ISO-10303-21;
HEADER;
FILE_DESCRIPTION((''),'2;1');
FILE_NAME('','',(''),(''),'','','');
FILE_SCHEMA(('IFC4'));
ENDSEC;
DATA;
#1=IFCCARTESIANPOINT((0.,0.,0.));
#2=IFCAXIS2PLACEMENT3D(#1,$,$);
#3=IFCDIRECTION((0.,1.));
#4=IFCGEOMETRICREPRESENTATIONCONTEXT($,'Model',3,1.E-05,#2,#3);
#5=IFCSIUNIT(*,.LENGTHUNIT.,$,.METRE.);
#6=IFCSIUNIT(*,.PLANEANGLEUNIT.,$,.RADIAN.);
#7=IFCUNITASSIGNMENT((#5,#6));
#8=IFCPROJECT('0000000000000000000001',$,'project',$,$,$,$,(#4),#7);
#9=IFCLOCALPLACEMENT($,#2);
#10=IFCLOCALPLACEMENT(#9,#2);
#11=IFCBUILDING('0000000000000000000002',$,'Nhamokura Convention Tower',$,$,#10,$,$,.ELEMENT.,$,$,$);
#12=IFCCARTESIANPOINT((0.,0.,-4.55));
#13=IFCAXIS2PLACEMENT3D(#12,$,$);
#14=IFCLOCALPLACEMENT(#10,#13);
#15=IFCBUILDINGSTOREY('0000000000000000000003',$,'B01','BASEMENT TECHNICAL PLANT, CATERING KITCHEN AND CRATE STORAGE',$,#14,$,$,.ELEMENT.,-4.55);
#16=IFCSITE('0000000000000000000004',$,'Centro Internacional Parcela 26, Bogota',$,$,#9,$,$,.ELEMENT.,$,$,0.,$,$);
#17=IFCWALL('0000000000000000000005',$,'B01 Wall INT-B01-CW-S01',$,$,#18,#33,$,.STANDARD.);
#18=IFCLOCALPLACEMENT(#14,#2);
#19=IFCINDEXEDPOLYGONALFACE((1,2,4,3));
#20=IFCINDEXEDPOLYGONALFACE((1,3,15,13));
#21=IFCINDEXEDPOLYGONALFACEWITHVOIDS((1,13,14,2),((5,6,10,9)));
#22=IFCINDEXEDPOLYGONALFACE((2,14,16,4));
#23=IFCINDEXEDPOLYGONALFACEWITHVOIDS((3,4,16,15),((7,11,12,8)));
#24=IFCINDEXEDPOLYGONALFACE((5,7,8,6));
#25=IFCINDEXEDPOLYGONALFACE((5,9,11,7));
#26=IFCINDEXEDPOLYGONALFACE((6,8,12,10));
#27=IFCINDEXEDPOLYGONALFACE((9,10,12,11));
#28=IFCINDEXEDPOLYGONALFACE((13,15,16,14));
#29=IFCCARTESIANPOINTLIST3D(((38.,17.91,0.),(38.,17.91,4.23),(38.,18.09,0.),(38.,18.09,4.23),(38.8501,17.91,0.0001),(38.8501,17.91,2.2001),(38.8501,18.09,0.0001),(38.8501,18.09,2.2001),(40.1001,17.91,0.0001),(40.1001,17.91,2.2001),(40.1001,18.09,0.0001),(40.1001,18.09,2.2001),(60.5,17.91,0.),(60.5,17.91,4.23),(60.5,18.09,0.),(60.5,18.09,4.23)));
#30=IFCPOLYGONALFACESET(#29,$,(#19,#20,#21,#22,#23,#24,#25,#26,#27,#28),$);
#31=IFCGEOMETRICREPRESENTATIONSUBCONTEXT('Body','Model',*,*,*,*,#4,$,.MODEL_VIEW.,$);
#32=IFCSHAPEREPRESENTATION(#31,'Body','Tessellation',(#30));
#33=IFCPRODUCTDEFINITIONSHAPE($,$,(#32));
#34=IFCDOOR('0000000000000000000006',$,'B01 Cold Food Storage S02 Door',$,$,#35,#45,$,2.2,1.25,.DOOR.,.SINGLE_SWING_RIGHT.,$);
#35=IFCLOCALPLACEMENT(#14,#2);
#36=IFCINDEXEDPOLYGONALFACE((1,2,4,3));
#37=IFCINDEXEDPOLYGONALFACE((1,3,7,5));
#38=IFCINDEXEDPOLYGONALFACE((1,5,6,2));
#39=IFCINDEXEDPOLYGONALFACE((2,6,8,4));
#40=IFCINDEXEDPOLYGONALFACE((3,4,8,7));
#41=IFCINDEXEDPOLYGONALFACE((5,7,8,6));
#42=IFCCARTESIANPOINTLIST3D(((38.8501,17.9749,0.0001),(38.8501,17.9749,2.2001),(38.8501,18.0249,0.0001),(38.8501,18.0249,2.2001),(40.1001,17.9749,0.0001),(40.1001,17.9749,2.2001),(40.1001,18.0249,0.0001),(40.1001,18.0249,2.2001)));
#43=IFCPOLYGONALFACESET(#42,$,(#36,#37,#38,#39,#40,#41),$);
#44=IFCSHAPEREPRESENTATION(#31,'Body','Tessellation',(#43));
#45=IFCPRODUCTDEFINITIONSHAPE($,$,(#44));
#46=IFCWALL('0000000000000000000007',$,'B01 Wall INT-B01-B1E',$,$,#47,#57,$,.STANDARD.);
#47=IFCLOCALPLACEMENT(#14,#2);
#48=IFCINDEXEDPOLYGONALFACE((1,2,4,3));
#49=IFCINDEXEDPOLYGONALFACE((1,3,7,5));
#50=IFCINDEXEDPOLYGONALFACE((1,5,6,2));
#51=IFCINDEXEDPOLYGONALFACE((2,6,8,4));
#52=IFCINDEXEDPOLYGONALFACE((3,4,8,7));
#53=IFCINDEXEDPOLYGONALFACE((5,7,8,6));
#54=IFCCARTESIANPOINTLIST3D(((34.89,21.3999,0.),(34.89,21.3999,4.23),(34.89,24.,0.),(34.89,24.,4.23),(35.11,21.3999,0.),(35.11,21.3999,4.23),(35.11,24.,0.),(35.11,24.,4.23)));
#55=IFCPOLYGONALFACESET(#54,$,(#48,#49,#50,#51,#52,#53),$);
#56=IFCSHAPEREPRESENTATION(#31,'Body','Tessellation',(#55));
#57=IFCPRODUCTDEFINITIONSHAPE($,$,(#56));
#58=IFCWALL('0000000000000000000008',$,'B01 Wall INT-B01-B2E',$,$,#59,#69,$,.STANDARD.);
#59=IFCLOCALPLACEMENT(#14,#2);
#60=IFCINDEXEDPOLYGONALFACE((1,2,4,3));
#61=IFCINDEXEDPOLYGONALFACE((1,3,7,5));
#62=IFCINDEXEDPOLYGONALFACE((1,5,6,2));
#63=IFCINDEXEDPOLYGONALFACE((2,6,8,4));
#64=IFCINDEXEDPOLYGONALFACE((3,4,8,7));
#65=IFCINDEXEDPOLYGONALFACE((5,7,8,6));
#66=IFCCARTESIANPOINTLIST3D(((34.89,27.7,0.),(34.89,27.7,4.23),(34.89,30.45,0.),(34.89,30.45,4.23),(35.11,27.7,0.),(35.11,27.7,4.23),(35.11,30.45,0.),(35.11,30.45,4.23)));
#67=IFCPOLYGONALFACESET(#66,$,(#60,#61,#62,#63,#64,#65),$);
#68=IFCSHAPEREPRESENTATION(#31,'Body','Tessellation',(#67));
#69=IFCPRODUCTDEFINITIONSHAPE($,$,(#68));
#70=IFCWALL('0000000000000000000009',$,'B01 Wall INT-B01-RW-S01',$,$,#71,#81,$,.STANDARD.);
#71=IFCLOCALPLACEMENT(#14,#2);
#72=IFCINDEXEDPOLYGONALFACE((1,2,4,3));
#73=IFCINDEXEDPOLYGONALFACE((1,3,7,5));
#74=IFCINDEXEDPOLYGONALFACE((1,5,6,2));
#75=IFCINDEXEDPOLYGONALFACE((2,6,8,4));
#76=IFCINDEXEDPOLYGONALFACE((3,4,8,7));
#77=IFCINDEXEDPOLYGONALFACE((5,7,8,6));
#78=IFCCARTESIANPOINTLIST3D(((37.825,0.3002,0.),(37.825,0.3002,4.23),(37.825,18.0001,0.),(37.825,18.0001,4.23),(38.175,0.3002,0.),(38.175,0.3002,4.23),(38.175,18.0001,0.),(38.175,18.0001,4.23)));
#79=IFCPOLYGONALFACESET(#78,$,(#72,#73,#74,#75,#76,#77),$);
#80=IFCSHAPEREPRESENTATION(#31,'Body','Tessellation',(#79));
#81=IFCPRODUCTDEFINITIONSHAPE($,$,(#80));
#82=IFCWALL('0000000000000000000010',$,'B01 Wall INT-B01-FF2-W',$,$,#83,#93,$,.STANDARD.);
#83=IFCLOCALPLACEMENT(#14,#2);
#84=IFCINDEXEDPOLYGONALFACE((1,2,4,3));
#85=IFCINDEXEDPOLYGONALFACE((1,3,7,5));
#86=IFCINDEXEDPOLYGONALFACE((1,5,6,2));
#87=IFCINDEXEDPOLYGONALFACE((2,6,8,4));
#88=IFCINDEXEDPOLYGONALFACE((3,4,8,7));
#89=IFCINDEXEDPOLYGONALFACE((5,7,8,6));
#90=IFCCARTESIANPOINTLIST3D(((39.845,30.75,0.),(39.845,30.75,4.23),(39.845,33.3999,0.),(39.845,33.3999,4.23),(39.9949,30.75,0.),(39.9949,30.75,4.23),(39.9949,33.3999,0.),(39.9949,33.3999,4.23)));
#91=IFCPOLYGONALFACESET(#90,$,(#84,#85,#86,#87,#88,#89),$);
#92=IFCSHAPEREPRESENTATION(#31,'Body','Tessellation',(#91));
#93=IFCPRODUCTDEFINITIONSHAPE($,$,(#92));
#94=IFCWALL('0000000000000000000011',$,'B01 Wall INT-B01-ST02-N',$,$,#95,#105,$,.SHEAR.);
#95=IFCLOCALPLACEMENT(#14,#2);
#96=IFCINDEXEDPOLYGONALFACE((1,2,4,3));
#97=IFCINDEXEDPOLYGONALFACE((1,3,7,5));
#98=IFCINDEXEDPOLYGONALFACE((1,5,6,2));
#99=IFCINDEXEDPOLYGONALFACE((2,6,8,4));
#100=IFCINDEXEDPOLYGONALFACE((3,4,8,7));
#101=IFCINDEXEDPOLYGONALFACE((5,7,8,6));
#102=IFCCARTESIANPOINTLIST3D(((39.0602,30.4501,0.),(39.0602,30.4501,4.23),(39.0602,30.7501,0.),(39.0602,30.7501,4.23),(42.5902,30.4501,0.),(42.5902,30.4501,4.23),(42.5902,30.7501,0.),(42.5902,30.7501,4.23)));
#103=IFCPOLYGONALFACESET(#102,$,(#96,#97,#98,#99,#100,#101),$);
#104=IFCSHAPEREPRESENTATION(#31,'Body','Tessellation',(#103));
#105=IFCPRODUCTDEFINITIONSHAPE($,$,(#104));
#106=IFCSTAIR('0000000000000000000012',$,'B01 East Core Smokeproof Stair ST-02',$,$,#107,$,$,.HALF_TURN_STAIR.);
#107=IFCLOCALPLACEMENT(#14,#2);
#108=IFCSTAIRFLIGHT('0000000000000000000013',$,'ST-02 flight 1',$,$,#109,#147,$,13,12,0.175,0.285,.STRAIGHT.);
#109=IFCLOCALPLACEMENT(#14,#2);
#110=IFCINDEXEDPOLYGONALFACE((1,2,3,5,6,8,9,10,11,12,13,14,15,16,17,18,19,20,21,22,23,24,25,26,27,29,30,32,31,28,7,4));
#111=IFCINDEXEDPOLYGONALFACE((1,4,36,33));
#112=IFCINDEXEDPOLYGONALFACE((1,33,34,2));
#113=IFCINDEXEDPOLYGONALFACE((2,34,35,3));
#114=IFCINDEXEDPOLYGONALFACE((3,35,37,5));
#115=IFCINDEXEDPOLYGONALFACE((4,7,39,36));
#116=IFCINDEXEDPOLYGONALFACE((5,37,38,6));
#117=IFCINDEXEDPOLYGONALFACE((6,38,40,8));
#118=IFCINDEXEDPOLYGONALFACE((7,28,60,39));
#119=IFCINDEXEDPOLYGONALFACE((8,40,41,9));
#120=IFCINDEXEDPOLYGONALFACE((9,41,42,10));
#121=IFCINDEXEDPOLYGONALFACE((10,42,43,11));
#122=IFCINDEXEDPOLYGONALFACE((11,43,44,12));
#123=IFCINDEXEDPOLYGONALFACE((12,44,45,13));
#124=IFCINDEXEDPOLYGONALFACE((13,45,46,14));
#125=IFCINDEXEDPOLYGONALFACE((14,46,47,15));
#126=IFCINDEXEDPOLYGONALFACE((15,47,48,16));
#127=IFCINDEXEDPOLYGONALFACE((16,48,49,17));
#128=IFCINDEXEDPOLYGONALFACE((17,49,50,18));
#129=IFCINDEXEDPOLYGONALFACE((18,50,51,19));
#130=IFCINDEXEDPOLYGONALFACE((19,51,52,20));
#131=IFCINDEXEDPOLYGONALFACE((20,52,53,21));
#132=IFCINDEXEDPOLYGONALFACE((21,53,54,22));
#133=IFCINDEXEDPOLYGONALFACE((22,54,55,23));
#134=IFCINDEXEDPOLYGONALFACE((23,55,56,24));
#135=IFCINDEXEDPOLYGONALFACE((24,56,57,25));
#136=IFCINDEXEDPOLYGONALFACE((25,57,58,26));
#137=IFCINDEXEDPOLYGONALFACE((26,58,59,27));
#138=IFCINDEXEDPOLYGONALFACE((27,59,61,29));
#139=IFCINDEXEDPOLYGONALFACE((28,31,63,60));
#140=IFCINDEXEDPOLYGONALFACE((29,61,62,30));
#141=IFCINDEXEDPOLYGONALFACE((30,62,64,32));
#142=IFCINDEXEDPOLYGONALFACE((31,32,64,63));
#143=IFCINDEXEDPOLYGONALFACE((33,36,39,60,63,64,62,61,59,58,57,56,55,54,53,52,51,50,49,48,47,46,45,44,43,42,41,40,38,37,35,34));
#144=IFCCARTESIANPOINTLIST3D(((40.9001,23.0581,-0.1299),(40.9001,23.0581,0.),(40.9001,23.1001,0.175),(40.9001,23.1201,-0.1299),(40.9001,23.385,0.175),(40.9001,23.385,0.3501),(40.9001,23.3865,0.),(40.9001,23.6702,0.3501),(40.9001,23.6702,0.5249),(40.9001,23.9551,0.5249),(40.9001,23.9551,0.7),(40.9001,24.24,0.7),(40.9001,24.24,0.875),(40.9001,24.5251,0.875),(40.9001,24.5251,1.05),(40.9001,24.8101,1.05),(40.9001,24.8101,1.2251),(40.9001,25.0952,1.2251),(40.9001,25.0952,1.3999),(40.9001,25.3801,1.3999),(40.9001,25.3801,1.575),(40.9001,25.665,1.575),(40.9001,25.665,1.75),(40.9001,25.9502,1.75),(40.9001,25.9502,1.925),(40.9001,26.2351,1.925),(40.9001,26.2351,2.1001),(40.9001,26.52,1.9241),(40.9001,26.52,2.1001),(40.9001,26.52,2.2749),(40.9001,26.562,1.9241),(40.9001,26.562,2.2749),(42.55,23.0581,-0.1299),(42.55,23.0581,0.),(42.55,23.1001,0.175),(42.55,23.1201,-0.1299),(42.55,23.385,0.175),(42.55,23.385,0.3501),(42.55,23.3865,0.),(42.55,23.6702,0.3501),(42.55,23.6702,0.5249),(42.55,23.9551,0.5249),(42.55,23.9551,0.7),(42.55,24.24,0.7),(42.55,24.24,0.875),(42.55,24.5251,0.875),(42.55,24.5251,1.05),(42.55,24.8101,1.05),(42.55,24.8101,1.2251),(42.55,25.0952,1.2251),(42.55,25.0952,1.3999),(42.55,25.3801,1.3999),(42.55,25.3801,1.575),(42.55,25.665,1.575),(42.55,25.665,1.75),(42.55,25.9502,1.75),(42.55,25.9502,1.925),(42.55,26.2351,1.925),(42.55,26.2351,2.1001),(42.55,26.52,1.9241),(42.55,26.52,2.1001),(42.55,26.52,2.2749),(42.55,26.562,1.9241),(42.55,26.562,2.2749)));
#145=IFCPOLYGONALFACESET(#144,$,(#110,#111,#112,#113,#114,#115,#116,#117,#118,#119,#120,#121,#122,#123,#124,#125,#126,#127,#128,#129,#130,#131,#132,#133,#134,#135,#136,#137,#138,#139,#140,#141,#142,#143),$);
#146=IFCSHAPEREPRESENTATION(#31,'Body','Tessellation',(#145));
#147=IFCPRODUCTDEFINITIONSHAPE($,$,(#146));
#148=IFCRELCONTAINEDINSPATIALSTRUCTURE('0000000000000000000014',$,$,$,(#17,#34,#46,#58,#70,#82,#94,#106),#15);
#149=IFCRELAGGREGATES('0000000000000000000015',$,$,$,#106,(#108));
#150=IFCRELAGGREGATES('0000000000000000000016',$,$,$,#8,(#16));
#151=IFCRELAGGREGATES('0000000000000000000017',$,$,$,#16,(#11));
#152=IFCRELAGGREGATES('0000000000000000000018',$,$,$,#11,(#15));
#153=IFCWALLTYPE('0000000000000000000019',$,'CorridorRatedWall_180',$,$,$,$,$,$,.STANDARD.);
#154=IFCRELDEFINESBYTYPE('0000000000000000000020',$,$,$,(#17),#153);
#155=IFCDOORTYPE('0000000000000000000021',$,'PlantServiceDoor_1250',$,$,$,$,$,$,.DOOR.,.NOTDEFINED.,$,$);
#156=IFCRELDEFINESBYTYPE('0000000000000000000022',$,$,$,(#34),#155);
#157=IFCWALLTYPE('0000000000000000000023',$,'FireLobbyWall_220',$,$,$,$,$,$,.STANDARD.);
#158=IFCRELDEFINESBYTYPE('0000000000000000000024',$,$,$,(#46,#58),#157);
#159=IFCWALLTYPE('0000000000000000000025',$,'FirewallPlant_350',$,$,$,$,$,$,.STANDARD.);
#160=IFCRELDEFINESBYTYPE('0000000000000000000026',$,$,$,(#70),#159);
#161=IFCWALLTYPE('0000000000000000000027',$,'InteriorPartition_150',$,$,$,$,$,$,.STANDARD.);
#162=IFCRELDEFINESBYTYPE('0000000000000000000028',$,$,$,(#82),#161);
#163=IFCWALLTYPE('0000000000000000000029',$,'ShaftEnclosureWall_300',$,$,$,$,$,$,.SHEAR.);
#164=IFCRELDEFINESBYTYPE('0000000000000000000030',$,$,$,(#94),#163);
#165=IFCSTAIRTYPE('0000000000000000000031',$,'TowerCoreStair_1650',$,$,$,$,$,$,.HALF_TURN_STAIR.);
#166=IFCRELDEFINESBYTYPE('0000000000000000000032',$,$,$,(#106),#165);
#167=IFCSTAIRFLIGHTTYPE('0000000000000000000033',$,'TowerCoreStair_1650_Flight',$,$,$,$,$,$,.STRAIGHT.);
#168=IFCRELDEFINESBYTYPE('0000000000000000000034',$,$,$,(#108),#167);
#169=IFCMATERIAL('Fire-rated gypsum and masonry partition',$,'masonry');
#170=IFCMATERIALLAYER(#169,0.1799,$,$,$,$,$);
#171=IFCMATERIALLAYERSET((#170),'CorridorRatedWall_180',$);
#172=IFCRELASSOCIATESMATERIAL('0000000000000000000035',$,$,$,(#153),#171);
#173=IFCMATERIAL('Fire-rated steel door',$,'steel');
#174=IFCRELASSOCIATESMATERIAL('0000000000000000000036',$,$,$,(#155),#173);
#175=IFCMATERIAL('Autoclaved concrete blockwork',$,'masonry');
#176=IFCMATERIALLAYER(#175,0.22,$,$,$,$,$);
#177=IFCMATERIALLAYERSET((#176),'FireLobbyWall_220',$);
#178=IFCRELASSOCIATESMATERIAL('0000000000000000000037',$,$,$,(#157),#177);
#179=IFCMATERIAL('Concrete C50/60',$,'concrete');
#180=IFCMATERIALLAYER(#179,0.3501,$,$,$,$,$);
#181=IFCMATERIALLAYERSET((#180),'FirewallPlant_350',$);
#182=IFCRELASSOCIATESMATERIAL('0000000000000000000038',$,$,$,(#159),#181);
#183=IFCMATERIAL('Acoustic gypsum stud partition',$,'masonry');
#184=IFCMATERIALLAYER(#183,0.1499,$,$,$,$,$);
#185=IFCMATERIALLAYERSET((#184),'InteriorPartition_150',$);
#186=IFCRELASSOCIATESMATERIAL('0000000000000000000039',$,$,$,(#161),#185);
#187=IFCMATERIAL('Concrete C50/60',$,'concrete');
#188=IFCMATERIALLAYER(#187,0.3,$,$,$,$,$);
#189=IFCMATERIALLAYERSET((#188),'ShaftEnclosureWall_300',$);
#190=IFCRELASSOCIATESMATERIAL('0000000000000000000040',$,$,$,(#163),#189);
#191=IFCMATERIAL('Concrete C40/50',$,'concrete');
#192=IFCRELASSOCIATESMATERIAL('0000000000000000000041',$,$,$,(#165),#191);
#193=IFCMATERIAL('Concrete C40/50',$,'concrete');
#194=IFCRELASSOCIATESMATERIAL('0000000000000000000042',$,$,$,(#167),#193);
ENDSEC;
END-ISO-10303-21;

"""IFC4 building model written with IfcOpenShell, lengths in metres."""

from ifc_helpers import new_model, si_unit, direction, frame, frame_2d, origin, place, context, subcontext, project, spatial, polyline, rectangle, outline, extrude, material, layer, layer_set, type_object, element, fill, aggregate, save


model = new_model("IFC4")

# Units and contexts
model_context = context("Model", 3, precision=1e-05, world=origin(), true_north=direction((0.0, 1.0)))
body_context = subcontext(model_context, "Body", "Model", "MODEL_VIEW")
ifc_project = project(units=[si_unit("LENGTHUNIT", "METRE"), si_unit("PLANEANGLEUNIT", "RADIAN")], contexts=[model_context])

# Site, building, storey
site_placement = place(None, origin())
site = spatial("IfcSite", under=ifc_project, at=site_placement, Name="Centro Internacional Parcela 26, Bogota", CompositionType="ELEMENT", RefElevation=0.0)
building_placement = place(site_placement, origin())
building = spatial("IfcBuilding", under=site, at=building_placement, Name="Nhamokura Convention Tower", CompositionType="ELEMENT")
storey_placement = place(building_placement, frame((0.0, 0.0, -4.55)))
storey = spatial("IfcBuildingStorey", under=building, at=storey_placement, Name="B01", Description="BASEMENT TECHNICAL PLANT, CATERING KITCHEN AND CRATE STORAGE", CompositionType="ELEMENT", Elevation=-4.55)

# Wall, opening, door
ifc_material_1 = material(Name="Fire-rated gypsum and masonry partition", Category="masonry")
ifc_layer_1 = layer(ifc_material_1, 0.1799)
ifc_layer_set_1 = layer_set([ifc_layer_1], Name="CorridorRatedWall_180")
wall_type_1 = type_object("IfcWallType", Name="CorridorRatedWall_180", PredefinedType="STANDARD", material=ifc_layer_set_1)
wall_1_placement = place(storey_placement, frame((38.0, 18.0, 0.0), z_axis=(0.0, 0.0, 1.0), x_axis=(1.0, 0.0, 0.0)))
wall_1 = element("IfcWall", 1, at=wall_1_placement, inside=storey, type_object=wall_type_1, Name="B01 Wall INT-B01-CW-S01", PredefinedType="STANDARD", context=body_context, shape_type="SweptSolid", body=[
    extrude(rectangle(XDim=22.5, YDim=0.1799, at=frame_2d((11.25, 0.0))), origin(), (0.0, 0.0, 1.0), 4.23),
])
opening_1_placement = place(wall_1_placement, frame((0.8501, 0.0, 0.0)))
opening_1 = element("IfcOpeningElement", 2, at=opening_1_placement, cuts=wall_1, PredefinedType="OPENING", context=body_context, shape_type="SweptSolid", body=[
    extrude(rectangle(XDim=1.25, YDim=2.2, at=frame_2d((0.625, 1.1001))), frame((0.0, 0.0999, 0.0), z_axis=(0.0, -1.0, 0.0), x_axis=(1.0, 0.0, 0.0)), (0.0, 0.0, 1.0), 0.2),
])
ifc_material_2 = material(Name="Fire-rated steel door", Category="steel")
door_type_1 = type_object("IfcDoorType", Name="PlantServiceDoor_1250", OperationType="NOTDEFINED", PredefinedType="DOOR", material=ifc_material_2)
door_1_placement = place(opening_1_placement, origin())
door_1 = element("IfcDoor", 3, at=door_1_placement, inside=storey, type_object=door_type_1, Name="B01 Cold Food Storage S02 Door", OperationType="SINGLE_SWING_RIGHT", OverallHeight=2.2, OverallWidth=1.25, PredefinedType="DOOR", context=body_context, shape_type="SweptSolid", body=[
    extrude(rectangle(XDim=1.25, YDim=2.2, at=frame_2d((0.625, 1.1001))), frame((0.0, 0.0249, 0.0), z_axis=(0.0, -1.0, 0.0), x_axis=(1.0, 0.0, 0.0)), (0.0, 0.0, 1.0), 0.05),
])
fill(opening_1, door_1)
ifc_material_3 = material(Name="Autoclaved concrete blockwork", Category="masonry")
ifc_layer_2 = layer(ifc_material_3, 0.22)
ifc_layer_set_2 = layer_set([ifc_layer_2], Name="FireLobbyWall_220")
wall_type_2 = type_object("IfcWallType", Name="FireLobbyWall_220", PredefinedType="STANDARD", material=ifc_layer_set_2)

# Walls
wall_2_placement = place(storey_placement, frame((35.0, 21.3999, 0.0), z_axis=(0.0, 0.0, 1.0), x_axis=(0.0, 1.0, 0.0)))
element("IfcWall", 4, at=wall_2_placement, inside=storey, type_object=wall_type_2, Name="B01 Wall INT-B01-B1E", PredefinedType="STANDARD", context=body_context, shape_type="SweptSolid", body=[
    extrude(rectangle(XDim=2.6001, YDim=0.22, at=frame_2d((1.3, 0.0))), origin(), (0.0, 0.0, 1.0), 4.23),
])
wall_3_placement = place(storey_placement, frame((35.0, 27.7, 0.0), z_axis=(0.0, 0.0, 1.0), x_axis=(0.0, 1.0, 0.0)))
element("IfcWall", 5, at=wall_3_placement, inside=storey, type_object=wall_type_2, Name="B01 Wall INT-B01-B2E", PredefinedType="STANDARD", context=body_context, shape_type="SweptSolid", body=[
    extrude(rectangle(XDim=2.75, YDim=0.22, at=frame_2d((1.375, 0.0))), origin(), (0.0, 0.0, 1.0), 4.23),
])
ifc_material_4 = material(Name="Concrete C50/60", Category="concrete")
ifc_layer_3 = layer(ifc_material_4, 0.3501)
ifc_layer_set_3 = layer_set([ifc_layer_3], Name="FirewallPlant_350")
wall_type_3 = type_object("IfcWallType", Name="FirewallPlant_350", PredefinedType="STANDARD", material=ifc_layer_set_3)
wall_4_placement = place(storey_placement, frame((38.0, 0.3, 0.0), z_axis=(0.0, 0.0, 1.0), x_axis=(0.0, 1.0, 0.0)))
element("IfcWall", 6, at=wall_4_placement, inside=storey, type_object=wall_type_3, Name="B01 Wall INT-B01-RW-S01", PredefinedType="STANDARD", context=body_context, shape_type="SweptSolid", body=[
    extrude(rectangle(XDim=17.7, YDim=0.3501, at=frame_2d((8.8501, 0.0))), origin(), (0.0, 0.0, 1.0), 4.23),
])
ifc_material_5 = material(Name="Acoustic gypsum stud partition", Category="masonry")
ifc_layer_4 = layer(ifc_material_5, 0.1499)
ifc_layer_set_4 = layer_set([ifc_layer_4], Name="InteriorPartition_150")
wall_type_4 = type_object("IfcWallType", Name="InteriorPartition_150", PredefinedType="STANDARD", material=ifc_layer_set_4)
wall_5_placement = place(storey_placement, frame((39.9199, 30.75, 0.0), z_axis=(0.0, 0.0, 1.0), x_axis=(0.0, 1.0, 0.0)))
element("IfcWall", 7, at=wall_5_placement, inside=storey, type_object=wall_type_4, Name="B01 Wall INT-B01-FF2-W", PredefinedType="STANDARD", context=body_context, shape_type="SweptSolid", body=[
    extrude(rectangle(XDim=2.6499, YDim=0.1499, at=frame_2d((1.325, 0.0))), origin(), (0.0, 0.0, 1.0), 4.23),
])
ifc_material_6 = material(Name="Concrete C50/60", Category="concrete")
ifc_layer_5 = layer(ifc_material_6, 0.3)
ifc_layer_set_5 = layer_set([ifc_layer_5], Name="ShaftEnclosureWall_300")
wall_type_5 = type_object("IfcWallType", Name="ShaftEnclosureWall_300", PredefinedType="SHEAR", material=ifc_layer_set_5)
wall_6_placement = place(storey_placement, frame((39.0601, 30.6001, 0.0), z_axis=(0.0, 0.0, 1.0), x_axis=(1.0, 0.0, 0.0)))
element("IfcWall", 8, at=wall_6_placement, inside=storey, type_object=wall_type_5, Name="B01 Wall INT-B01-ST02-N", PredefinedType="SHEAR", context=body_context, shape_type="SweptSolid", body=[
    extrude(rectangle(XDim=3.53, YDim=0.3, at=frame_2d((1.7651, 0.0))), origin(), (0.0, 0.0, 1.0), 4.23),
])

# Stair, stair flight
ifc_material_7 = material(Name="Concrete C40/50", Category="concrete")
stair_type = type_object("IfcStairType", Name="TowerCoreStair_1650", PredefinedType="HALF_TURN_STAIR", material=ifc_material_7)
stair_placement = place(storey_placement, origin())
stair = element("IfcStair", 9, at=stair_placement, inside=storey, type_object=stair_type, Name="B01 East Core Smokeproof Stair ST-02", PredefinedType="HALF_TURN_STAIR")
ifc_material_8 = material(Name="Concrete C40/50", Category="concrete")
stair_flight_type = type_object("IfcStairFlightType", Name="TowerCoreStair_1650_Flight", PredefinedType="STRAIGHT", material=ifc_material_8)
stair_flight_1_placement = place(storey_placement, frame((41.7251, 23.1001, 0.0), z_axis=(0.0, 0.0, 1.0), x_axis=(0.0, 1.0, 0.0)))
stair_flight_1 = element("IfcStairFlight", 10, at=stair_flight_1_placement, type_object=stair_flight_type, Name="ST-02 flight 1", NumberOfRisers=13, NumberOfTreads=12, PredefinedType="STRAIGHT", RiserHeight=0.175, TreadLength=0.285, context=body_context, shape_type="SweptSolid", body=[
    extrude(outline(polyline([(-0.042, 0.0), (0.0, 0.175), (0.2849, 0.175), (0.2849, 0.3501), (0.5701, 0.3501), (0.5701, 0.5249), (0.855, 0.5249), (0.855, 0.7), (1.1399, 0.7), (1.1399, 0.875), (1.425, 0.875), (1.425, 1.05), (1.71, 1.05), (1.71, 1.2251), (1.9951, 1.2251), (1.9951, 1.3999), (2.28, 1.3999), (2.28, 1.575), (2.5649, 1.575), (2.5649, 1.75), (2.8501, 1.75), (2.8501, 1.925), (3.135, 1.925), (3.135, 2.1001), (3.4199, 2.1001), (3.4199, 2.2749), (3.4619, 2.2749), (3.4619, 1.9241), (3.4199, 1.9241), (0.2864, 0.0), (0.02, -0.1299), (-0.042, -0.1299), (-0.042, 0.0)])), frame((0.0, 0.825, 0.0), z_axis=(0.0, -1.0, 0.0), x_axis=(1.0, 0.0, 0.0)), (0.0, 0.0, 1.0), 1.6499),
])
aggregate(stair, [stair_flight_1])

save(model, "model.ifc")
